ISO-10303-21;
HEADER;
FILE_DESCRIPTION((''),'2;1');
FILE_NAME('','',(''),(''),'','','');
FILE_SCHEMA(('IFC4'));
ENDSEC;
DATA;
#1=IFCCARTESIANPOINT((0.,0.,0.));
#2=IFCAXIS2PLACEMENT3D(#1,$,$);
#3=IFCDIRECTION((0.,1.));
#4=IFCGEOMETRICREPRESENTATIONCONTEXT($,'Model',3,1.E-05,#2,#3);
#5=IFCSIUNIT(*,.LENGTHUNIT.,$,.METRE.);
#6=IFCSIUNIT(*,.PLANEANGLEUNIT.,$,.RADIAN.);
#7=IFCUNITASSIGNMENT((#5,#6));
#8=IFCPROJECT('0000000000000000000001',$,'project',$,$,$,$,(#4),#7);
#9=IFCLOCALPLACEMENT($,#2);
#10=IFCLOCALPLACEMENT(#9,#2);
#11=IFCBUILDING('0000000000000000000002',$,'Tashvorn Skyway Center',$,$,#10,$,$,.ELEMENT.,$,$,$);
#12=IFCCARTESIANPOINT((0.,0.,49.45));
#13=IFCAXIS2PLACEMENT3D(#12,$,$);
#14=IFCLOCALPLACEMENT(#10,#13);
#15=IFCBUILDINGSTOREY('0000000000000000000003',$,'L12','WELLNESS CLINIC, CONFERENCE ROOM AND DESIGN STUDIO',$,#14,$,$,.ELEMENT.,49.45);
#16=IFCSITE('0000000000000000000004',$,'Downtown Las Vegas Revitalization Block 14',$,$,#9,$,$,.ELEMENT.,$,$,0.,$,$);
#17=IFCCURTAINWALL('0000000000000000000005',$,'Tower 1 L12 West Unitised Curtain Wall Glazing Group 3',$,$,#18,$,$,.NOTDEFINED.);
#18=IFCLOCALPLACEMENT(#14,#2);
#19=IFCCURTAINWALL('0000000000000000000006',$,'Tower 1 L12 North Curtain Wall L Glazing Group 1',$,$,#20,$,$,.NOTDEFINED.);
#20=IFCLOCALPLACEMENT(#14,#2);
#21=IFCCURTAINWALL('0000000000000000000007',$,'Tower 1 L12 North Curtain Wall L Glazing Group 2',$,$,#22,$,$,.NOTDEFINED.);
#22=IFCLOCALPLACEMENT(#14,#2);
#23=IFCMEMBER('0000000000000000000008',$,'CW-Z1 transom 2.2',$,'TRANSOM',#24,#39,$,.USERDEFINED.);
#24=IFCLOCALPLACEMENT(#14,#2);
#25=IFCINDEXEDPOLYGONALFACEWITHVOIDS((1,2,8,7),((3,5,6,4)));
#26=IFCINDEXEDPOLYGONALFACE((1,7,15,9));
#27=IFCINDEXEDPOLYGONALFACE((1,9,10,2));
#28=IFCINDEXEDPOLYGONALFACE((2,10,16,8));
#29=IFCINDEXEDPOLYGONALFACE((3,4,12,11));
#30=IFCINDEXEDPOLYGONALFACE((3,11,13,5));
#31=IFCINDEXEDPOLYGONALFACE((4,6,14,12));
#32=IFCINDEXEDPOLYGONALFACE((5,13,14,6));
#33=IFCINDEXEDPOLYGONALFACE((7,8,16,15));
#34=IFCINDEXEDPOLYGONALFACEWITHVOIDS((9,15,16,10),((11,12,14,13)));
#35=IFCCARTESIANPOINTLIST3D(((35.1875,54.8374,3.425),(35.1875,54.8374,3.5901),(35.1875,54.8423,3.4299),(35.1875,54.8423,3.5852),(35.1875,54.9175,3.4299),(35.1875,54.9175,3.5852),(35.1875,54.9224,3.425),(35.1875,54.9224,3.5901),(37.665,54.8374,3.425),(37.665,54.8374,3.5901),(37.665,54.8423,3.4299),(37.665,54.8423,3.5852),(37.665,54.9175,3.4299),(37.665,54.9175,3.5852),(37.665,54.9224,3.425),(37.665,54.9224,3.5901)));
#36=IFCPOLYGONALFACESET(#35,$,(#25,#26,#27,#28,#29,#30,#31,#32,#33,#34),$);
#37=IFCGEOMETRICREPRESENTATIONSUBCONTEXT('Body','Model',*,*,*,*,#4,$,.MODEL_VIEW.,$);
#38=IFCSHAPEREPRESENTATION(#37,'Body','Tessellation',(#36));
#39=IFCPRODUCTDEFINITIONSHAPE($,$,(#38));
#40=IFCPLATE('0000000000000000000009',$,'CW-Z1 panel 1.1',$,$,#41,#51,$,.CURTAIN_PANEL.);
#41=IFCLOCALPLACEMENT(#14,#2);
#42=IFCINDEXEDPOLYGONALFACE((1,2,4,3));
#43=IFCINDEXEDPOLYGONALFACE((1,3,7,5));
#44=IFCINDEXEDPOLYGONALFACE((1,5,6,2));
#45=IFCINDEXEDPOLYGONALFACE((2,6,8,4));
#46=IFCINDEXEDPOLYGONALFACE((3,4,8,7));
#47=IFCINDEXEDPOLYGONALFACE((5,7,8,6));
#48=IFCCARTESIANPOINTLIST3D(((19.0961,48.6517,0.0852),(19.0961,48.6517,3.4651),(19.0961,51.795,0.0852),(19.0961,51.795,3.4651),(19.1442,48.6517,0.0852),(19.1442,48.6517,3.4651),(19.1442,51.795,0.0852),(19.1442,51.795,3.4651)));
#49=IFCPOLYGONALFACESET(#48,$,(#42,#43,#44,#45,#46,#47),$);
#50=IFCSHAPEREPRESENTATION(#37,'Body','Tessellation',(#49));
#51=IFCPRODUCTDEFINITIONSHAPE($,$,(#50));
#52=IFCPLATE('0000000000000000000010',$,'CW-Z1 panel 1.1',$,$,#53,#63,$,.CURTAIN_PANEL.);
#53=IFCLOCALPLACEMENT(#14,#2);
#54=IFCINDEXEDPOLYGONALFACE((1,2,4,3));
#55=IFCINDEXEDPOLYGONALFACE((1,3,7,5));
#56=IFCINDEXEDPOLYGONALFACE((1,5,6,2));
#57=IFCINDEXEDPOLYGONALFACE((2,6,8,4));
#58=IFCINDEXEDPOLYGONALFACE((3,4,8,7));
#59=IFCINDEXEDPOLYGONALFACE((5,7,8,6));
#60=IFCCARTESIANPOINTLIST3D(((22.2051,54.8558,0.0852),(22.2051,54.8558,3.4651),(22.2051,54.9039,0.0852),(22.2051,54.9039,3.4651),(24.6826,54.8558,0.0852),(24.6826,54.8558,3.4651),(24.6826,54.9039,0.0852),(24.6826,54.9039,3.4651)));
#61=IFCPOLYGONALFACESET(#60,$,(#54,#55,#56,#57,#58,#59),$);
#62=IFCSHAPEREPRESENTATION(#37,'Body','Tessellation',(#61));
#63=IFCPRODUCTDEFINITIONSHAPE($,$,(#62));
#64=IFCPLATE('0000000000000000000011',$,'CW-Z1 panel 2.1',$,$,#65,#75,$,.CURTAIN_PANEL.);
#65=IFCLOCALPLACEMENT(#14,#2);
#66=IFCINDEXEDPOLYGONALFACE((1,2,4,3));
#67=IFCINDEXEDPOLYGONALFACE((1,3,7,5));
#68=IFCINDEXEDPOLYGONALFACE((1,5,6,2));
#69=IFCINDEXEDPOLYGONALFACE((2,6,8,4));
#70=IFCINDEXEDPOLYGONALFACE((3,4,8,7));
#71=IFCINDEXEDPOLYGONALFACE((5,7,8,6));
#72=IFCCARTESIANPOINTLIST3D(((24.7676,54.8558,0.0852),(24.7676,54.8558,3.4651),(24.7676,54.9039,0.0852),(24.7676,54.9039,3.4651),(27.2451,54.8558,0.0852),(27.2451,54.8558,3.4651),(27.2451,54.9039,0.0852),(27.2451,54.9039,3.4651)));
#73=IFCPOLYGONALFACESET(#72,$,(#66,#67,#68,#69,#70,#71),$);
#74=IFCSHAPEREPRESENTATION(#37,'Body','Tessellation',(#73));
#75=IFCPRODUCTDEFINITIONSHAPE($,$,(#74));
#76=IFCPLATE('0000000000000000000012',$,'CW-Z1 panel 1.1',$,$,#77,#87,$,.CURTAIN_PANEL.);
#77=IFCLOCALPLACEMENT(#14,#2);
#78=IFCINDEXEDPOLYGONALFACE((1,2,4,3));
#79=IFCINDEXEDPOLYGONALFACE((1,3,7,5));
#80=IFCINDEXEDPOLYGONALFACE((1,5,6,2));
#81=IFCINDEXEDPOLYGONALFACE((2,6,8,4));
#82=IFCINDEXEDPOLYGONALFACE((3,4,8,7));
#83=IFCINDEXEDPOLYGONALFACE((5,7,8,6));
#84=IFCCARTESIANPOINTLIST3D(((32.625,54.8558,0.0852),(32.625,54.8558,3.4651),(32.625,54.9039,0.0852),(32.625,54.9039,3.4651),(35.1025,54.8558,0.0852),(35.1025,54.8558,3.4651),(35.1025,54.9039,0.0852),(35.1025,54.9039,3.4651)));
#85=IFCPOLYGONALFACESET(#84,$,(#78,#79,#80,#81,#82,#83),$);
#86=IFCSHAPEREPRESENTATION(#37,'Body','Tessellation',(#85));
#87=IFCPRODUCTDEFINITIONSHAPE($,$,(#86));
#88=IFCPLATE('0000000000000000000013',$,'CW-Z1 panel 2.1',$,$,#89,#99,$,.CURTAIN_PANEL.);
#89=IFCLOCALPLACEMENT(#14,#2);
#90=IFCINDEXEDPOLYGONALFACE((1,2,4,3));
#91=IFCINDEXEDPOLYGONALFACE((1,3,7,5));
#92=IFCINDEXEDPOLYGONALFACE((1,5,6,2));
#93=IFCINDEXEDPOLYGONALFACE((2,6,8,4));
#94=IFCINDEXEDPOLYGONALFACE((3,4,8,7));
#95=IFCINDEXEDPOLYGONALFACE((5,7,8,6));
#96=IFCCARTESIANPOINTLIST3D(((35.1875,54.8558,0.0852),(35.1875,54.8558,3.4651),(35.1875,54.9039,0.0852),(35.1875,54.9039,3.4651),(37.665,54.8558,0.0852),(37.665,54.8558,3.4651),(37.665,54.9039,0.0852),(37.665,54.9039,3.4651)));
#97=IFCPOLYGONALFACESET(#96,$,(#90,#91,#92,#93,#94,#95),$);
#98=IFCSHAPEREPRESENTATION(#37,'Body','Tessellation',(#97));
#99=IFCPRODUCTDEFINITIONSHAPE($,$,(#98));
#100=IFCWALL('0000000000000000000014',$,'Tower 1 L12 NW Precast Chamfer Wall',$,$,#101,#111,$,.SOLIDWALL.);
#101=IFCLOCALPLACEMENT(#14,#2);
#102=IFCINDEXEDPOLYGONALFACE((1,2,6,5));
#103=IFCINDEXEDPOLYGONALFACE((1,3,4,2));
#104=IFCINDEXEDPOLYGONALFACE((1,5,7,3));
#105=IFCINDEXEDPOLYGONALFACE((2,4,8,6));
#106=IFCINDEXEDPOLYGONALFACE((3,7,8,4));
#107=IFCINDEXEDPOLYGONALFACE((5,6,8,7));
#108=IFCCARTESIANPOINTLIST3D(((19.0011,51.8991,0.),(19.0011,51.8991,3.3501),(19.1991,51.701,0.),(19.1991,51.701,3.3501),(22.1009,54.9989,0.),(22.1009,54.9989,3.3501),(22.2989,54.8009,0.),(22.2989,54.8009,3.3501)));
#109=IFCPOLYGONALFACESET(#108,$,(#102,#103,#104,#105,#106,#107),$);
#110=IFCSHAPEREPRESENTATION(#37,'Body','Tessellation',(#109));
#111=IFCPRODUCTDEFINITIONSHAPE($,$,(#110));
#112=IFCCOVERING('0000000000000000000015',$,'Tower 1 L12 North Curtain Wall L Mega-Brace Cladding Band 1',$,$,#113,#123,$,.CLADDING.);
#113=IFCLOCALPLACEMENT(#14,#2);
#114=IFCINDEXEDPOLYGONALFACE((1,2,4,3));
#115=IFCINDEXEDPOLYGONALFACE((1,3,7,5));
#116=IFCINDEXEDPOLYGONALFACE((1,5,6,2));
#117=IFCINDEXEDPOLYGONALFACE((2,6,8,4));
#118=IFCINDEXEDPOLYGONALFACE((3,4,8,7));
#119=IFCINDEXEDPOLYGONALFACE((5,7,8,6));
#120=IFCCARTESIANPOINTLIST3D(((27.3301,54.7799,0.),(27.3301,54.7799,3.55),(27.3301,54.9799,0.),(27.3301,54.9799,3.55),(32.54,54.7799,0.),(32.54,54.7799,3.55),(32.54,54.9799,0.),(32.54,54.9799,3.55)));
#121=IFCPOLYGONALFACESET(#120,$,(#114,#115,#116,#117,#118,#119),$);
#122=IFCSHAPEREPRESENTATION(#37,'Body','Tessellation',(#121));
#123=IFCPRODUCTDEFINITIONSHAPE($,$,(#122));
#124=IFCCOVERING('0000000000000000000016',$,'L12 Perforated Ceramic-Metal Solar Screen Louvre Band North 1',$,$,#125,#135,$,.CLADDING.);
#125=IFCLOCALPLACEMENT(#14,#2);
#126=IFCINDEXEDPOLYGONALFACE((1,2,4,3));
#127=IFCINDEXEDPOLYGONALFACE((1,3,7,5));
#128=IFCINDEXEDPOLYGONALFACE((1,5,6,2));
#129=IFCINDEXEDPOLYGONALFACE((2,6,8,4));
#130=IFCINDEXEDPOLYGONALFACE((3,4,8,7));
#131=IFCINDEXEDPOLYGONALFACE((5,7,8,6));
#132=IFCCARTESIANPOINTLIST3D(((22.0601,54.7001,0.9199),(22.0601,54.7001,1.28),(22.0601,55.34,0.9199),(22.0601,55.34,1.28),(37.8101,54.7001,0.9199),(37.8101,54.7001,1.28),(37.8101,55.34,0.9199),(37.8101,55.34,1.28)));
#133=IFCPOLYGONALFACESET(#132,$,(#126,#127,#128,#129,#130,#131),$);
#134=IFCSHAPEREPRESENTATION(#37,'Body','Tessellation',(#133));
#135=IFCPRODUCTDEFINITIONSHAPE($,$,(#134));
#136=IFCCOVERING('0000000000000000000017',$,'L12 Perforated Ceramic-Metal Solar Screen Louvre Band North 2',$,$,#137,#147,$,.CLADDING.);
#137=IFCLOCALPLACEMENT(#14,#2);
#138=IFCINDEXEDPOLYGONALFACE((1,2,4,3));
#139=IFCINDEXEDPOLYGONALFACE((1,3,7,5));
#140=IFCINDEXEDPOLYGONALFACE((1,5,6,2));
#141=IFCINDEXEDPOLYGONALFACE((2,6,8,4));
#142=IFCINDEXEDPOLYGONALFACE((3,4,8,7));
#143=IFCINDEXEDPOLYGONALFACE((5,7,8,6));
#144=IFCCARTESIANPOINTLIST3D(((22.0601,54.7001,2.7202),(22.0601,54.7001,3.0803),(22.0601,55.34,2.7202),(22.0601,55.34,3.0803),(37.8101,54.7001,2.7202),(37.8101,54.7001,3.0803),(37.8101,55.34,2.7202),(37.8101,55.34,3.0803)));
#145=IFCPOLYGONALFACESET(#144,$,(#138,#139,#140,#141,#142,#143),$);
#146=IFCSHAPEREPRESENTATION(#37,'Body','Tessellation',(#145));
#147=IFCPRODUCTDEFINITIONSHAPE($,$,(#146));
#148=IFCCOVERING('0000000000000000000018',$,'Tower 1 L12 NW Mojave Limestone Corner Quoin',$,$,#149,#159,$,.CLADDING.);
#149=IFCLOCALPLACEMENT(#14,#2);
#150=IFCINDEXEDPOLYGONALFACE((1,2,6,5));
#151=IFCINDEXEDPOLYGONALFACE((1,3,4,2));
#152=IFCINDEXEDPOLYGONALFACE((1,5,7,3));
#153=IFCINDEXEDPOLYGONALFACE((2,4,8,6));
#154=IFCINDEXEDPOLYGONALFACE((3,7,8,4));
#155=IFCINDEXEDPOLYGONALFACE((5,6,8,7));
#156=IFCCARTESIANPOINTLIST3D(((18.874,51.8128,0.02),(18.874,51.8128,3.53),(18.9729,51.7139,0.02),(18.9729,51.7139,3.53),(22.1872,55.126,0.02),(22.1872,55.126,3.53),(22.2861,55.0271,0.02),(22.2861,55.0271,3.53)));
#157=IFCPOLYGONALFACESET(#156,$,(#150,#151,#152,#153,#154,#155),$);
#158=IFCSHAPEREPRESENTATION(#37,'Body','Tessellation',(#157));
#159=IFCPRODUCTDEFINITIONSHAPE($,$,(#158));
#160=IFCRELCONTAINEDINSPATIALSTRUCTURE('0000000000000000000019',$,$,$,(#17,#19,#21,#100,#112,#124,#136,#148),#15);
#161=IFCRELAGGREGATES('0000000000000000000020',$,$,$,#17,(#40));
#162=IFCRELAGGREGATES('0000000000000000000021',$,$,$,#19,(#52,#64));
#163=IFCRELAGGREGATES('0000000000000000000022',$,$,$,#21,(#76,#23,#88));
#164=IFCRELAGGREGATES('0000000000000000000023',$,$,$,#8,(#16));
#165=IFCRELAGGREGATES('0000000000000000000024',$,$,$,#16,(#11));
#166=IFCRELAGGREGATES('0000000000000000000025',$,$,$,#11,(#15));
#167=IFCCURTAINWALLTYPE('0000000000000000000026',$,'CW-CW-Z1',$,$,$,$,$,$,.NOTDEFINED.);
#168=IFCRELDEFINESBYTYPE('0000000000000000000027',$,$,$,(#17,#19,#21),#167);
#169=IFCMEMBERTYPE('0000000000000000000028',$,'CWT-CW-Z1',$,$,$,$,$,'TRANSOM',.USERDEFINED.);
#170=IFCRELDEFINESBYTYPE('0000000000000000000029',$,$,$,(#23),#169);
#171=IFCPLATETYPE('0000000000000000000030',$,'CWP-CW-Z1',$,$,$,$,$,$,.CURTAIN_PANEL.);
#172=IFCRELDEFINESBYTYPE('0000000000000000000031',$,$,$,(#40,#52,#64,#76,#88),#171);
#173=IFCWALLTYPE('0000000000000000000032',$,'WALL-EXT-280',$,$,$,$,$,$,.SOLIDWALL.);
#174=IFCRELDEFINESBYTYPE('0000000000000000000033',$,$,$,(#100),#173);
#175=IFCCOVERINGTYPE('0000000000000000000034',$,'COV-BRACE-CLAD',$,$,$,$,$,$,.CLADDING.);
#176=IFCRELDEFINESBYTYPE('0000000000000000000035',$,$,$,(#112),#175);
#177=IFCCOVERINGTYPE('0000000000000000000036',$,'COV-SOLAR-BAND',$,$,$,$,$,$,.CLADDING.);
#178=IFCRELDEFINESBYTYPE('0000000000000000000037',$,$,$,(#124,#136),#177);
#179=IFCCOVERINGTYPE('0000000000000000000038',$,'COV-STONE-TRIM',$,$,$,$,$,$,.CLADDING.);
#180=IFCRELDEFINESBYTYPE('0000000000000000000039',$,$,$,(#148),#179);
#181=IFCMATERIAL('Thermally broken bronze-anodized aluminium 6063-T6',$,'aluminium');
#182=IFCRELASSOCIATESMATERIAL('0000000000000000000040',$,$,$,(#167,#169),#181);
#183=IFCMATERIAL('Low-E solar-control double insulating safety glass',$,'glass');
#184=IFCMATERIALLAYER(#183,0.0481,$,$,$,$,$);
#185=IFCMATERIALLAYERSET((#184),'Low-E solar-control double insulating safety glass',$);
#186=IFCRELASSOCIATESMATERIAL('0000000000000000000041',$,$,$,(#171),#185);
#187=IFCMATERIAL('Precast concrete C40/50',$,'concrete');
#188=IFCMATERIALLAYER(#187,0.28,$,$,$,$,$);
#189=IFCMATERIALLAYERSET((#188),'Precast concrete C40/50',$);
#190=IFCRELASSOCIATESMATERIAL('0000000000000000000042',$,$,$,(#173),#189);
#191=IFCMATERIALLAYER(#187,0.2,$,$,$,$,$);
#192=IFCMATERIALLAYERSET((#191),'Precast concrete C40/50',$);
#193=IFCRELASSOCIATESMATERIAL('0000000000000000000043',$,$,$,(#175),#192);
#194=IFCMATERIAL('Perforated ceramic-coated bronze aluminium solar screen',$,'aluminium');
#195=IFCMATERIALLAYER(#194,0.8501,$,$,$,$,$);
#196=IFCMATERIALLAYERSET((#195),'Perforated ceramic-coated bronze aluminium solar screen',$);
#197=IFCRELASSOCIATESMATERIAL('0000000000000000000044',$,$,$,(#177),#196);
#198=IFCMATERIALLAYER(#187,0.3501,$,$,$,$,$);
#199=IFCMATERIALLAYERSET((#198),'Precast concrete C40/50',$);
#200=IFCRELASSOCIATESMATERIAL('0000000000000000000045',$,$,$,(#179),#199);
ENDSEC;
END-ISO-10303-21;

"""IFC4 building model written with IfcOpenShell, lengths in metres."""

from ifc_helpers import new_model, si_unit, direction, frame, frame_2d, origin, origin_2d, place, context, subcontext, project, spatial, rectangle, hollow_rectangle, extrude, material, layer, layer_set, material_profile, profile_set, type_object, element, aggregate, save


model = new_model("IFC4")

# Units and contexts
model_context = context("Model", 3, precision=1e-05, world=origin(), true_north=direction((0.0, 1.0)))
body_context = subcontext(model_context, "Body", "Model", "MODEL_VIEW")
ifc_project = project(units=[si_unit("LENGTHUNIT", "METRE"), si_unit("PLANEANGLEUNIT", "RADIAN")], contexts=[model_context])

# Site, building, storey
site_placement = place(None, origin())
site = spatial("IfcSite", under=ifc_project, at=site_placement, Name="Downtown Las Vegas Revitalization Block 14", CompositionType="ELEMENT", RefElevation=0.0)
building_placement = place(site_placement, origin())
building = spatial("IfcBuilding", under=site, at=building_placement, Name="Tashvorn Skyway Center", CompositionType="ELEMENT")
storey_placement = place(building_placement, frame((0.0, 0.0, 49.45)))
storey = spatial("IfcBuildingStorey", under=building, at=storey_placement, Name="L12", Description="WELLNESS CLINIC, CONFERENCE ROOM AND DESIGN STUDIO", CompositionType="ELEMENT", Elevation=49.45)

# Curtain walls
ifc_material_1 = material(Name="Thermally broken bronze-anodized aluminium 6063-T6", Category="aluminium")
curtain_wall_type = type_object("IfcCurtainWallType", Name="CW-CW-Z1", PredefinedType="NOTDEFINED", material=ifc_material_1)
curtain_wall_1_placement = place(storey_placement, origin())
curtain_wall_1 = element("IfcCurtainWall", 1, at=curtain_wall_1_placement, inside=storey, type_object=curtain_wall_type, Name="Tower 1 L12 West Unitised Curtain Wall Glazing Group 3", PredefinedType="NOTDEFINED")
curtain_wall_2_placement = place(storey_placement, origin())
curtain_wall_2 = element("IfcCurtainWall", 2, at=curtain_wall_2_placement, inside=storey, type_object=curtain_wall_type, Name="Tower 1 L12 North Curtain Wall L Glazing Group 1", PredefinedType="NOTDEFINED")
curtain_wall_3_placement = place(storey_placement, origin())
curtain_wall_3 = element("IfcCurtainWall", 3, at=curtain_wall_3_placement, inside=storey, type_object=curtain_wall_type, Name="Tower 1 L12 North Curtain Wall L Glazing Group 2", PredefinedType="NOTDEFINED")

# Member
ifc_material_profile_1 = material_profile(ifc_material_1, hollow_rectangle(XDim=0.085, YDim=0.165, WallThickness=0.0049, at=origin_2d()), Name="ALU-TRAN-85x165")
ifc_profile_set_1 = profile_set([ifc_material_profile_1], Name="Thermally broken bronze-anodized aluminium 6063-T6")
member_type_1 = type_object("IfcMemberType", Name="CWT-CW-Z1", ElementType="TRANSOM", PredefinedType="USERDEFINED", material=ifc_profile_set_1)
member_1_placement = place(storey_placement, frame((35.1875, 54.8799, 3.5076), z_axis=(1.0, 0.0, 0.0), x_axis=(0.0, 1.0, 0.0)))
member_1 = element("IfcMember", 4, at=member_1_placement, type_object=member_type_1, Name="CW-Z1 transom 2.2", ObjectType="TRANSOM", PredefinedType="USERDEFINED", context=body_context, shape_type="SweptSolid", body=[
    extrude(hollow_rectangle(XDim=0.085, YDim=0.165, WallThickness=0.0049, at=origin_2d()), origin(), (0.0, 0.0, 1.0), 2.4775),
])

# Plates
ifc_material_2 = material(Name="Low-E solar-control double insulating safety glass", Category="glass")
ifc_layer_1 = layer(ifc_material_2, 0.0481)
ifc_layer_set_1 = layer_set([ifc_layer_1], Name="Low-E solar-control double insulating safety glass")
plate_type = type_object("IfcPlateType", Name="CWP-CW-Z1", PredefinedType="CURTAIN_PANEL", material=ifc_layer_set_1)
plate_1_placement = place(storey_placement, frame((19.1201, 50.2234, 0.0852), z_axis=(0.0, 0.0, 1.0), x_axis=(0.0, 1.0, 0.0)))
plate_1 = element("IfcPlate", 5, at=plate_1_placement, type_object=plate_type, Name="CW-Z1 panel 1.1", PredefinedType="CURTAIN_PANEL", context=body_context, shape_type="SweptSolid", body=[
    extrude(rectangle(XDim=3.1433, YDim=0.0481, at=origin_2d()), origin(), (0.0, 0.0, 1.0), 3.3799),
])
aggregate(curtain_wall_1, [plate_1])
plate_2_placement = place(storey_placement, frame((23.4438, 54.8799, 0.0852), z_axis=(0.0, 0.0, 1.0), x_axis=(1.0, 0.0, 0.0)))
plate_2 = element("IfcPlate", 6, at=plate_2_placement, type_object=plate_type, Name="CW-Z1 panel 1.1", PredefinedType="CURTAIN_PANEL", context=body_context, shape_type="SweptSolid", body=[
    extrude(rectangle(XDim=2.4775, YDim=0.0481, at=origin_2d()), origin(), (0.0, 0.0, 1.0), 3.3799),
])
plate_3_placement = place(storey_placement, frame((26.0063, 54.8799, 0.0852), z_axis=(0.0, 0.0, 1.0), x_axis=(1.0, 0.0, 0.0)))
plate_3 = element("IfcPlate", 7, at=plate_3_placement, type_object=plate_type, Name="CW-Z1 panel 2.1", PredefinedType="CURTAIN_PANEL", context=body_context, shape_type="SweptSolid", body=[
    extrude(rectangle(XDim=2.4775, YDim=0.0481, at=origin_2d()), origin(), (0.0, 0.0, 1.0), 3.3799),
])
aggregate(curtain_wall_2, [plate_2, plate_3])
plate_4_placement = place(storey_placement, frame((33.8638, 54.8799, 0.0852), z_axis=(0.0, 0.0, 1.0), x_axis=(1.0, 0.0, 0.0)))
plate_4 = element("IfcPlate", 8, at=plate_4_placement, type_object=plate_type, Name="CW-Z1 panel 1.1", PredefinedType="CURTAIN_PANEL", context=body_context, shape_type="SweptSolid", body=[
    extrude(rectangle(XDim=2.4775, YDim=0.0481, at=origin_2d()), origin(), (0.0, 0.0, 1.0), 3.3799),
])
plate_5_placement = place(storey_placement, frame((36.4263, 54.8799, 0.0852), z_axis=(0.0, 0.0, 1.0), x_axis=(1.0, 0.0, 0.0)))
plate_5 = element("IfcPlate", 9, at=plate_5_placement, type_object=plate_type, Name="CW-Z1 panel 2.1", PredefinedType="CURTAIN_PANEL", context=body_context, shape_type="SweptSolid", body=[
    extrude(rectangle(XDim=2.4775, YDim=0.0481, at=origin_2d()), origin(), (0.0, 0.0, 1.0), 3.3799),
])
aggregate(curtain_wall_3, [plate_4, member_1, plate_5])

# Wall
ifc_material_3 = material(Name="Precast concrete C40/50", Category="concrete")
ifc_layer_2 = layer(ifc_material_3, 0.28)
ifc_layer_set_2 = layer_set([ifc_layer_2], Name="Precast concrete C40/50")
wall_type = type_object("IfcWallType", Name="WALL-EXT-280", PredefinedType="SOLIDWALL", material=ifc_layer_set_2)
wall_placement = place(storey_placement, frame((19.1001, 51.8, 0.0), z_axis=(0.0, 0.0, 1.0), x_axis=(0.707107, 0.707107, 0.0)))
element("IfcWall", 10, at=wall_placement, inside=storey, type_object=wall_type, Name="Tower 1 L12 NW Precast Chamfer Wall", PredefinedType="SOLIDWALL", context=body_context, shape_type="SweptSolid", body=[
    extrude(rectangle(XDim=4.3838, YDim=0.28, at=frame_2d((2.1919, 0.0))), origin(), (0.0, 0.0, 1.0), 3.3501),
])

# Coverings
ifc_layer_3 = layer(ifc_material_3, 0.2)
ifc_layer_set_3 = layer_set([ifc_layer_3], Name="Precast concrete C40/50")
covering_type_1 = type_object("IfcCoveringType", Name="COV-BRACE-CLAD", PredefinedType="CLADDING", material=ifc_layer_set_3)
covering_1_placement = place(storey_placement, frame((29.9351, 54.8799, 0.0), z_axis=(0.0, 0.0, 1.0), x_axis=(1.0, 0.0, 0.0)))
element("IfcCovering", 11, at=covering_1_placement, inside=storey, type_object=covering_type_1, Name="Tower 1 L12 North Curtain Wall L Mega-Brace Cladding Band 1", PredefinedType="CLADDING", context=body_context, shape_type="SweptSolid", body=[
    extrude(rectangle(XDim=5.21, YDim=0.2, at=origin_2d()), origin(), (0.0, 0.0, 1.0), 3.55),
])
ifc_material_4 = material(Name="Perforated ceramic-coated bronze aluminium solar screen", Category="aluminium")
ifc_layer_4 = layer(ifc_material_4, 0.8501)
ifc_layer_set_4 = layer_set([ifc_layer_4], Name="Perforated ceramic-coated bronze aluminium solar screen")
covering_type_2 = type_object("IfcCoveringType", Name="COV-SOLAR-BAND", PredefinedType="CLADDING", material=ifc_layer_set_4)
for number, where, z_axis, x_axis, name in (
    (12, (29.9351, 55.02, 0.9199), (0.0, 0.0, 1.0), (1.0, 0.0, 0.0), "L12 Perforated Ceramic-Metal Solar Screen Louvre Band North 1"),
    (13, (29.9351, 55.02, 2.7202), (0.0, 0.0, 1.0), (1.0, 0.0, 0.0), "L12 Perforated Ceramic-Metal Solar Screen Louvre Band North 2"),
):
    element("IfcCovering", number, at=place(storey_placement, frame(where, z_axis=z_axis, x_axis=x_axis)), inside=storey, type_object=covering_type_2, Name=name, PredefinedType="CLADDING", context=body_context, shape_type="SweptSolid", body=[
        extrude(rectangle(XDim=15.75, YDim=0.6399, at=origin_2d()), origin(), (0.0, 0.0, 1.0), 0.3601),
    ])
ifc_layer_5 = layer(ifc_material_3, 0.3501)
ifc_layer_set_5 = layer_set([ifc_layer_5], Name="Precast concrete C40/50")
covering_type_3 = type_object("IfcCoveringType", Name="COV-STONE-TRIM", PredefinedType="CLADDING", material=ifc_layer_set_5)
covering_2_placement = place(storey_placement, frame((20.5801, 53.4199, 0.02), z_axis=(0.0, 0.0, 1.0), x_axis=(-0.707107, -0.707107, 0.0)))
element("IfcCovering", 14, at=covering_2_placement, inside=storey, type_object=covering_type_3, Name="Tower 1 L12 NW Mojave Limestone Corner Quoin", PredefinedType="CLADDING", context=body_context, shape_type="SweptSolid", body=[
    extrude(rectangle(XDim=4.6855, YDim=0.1399, at=origin_2d()), origin(), (0.0, 0.0, 1.0), 3.51),
])

save(model, "model.ifc")
